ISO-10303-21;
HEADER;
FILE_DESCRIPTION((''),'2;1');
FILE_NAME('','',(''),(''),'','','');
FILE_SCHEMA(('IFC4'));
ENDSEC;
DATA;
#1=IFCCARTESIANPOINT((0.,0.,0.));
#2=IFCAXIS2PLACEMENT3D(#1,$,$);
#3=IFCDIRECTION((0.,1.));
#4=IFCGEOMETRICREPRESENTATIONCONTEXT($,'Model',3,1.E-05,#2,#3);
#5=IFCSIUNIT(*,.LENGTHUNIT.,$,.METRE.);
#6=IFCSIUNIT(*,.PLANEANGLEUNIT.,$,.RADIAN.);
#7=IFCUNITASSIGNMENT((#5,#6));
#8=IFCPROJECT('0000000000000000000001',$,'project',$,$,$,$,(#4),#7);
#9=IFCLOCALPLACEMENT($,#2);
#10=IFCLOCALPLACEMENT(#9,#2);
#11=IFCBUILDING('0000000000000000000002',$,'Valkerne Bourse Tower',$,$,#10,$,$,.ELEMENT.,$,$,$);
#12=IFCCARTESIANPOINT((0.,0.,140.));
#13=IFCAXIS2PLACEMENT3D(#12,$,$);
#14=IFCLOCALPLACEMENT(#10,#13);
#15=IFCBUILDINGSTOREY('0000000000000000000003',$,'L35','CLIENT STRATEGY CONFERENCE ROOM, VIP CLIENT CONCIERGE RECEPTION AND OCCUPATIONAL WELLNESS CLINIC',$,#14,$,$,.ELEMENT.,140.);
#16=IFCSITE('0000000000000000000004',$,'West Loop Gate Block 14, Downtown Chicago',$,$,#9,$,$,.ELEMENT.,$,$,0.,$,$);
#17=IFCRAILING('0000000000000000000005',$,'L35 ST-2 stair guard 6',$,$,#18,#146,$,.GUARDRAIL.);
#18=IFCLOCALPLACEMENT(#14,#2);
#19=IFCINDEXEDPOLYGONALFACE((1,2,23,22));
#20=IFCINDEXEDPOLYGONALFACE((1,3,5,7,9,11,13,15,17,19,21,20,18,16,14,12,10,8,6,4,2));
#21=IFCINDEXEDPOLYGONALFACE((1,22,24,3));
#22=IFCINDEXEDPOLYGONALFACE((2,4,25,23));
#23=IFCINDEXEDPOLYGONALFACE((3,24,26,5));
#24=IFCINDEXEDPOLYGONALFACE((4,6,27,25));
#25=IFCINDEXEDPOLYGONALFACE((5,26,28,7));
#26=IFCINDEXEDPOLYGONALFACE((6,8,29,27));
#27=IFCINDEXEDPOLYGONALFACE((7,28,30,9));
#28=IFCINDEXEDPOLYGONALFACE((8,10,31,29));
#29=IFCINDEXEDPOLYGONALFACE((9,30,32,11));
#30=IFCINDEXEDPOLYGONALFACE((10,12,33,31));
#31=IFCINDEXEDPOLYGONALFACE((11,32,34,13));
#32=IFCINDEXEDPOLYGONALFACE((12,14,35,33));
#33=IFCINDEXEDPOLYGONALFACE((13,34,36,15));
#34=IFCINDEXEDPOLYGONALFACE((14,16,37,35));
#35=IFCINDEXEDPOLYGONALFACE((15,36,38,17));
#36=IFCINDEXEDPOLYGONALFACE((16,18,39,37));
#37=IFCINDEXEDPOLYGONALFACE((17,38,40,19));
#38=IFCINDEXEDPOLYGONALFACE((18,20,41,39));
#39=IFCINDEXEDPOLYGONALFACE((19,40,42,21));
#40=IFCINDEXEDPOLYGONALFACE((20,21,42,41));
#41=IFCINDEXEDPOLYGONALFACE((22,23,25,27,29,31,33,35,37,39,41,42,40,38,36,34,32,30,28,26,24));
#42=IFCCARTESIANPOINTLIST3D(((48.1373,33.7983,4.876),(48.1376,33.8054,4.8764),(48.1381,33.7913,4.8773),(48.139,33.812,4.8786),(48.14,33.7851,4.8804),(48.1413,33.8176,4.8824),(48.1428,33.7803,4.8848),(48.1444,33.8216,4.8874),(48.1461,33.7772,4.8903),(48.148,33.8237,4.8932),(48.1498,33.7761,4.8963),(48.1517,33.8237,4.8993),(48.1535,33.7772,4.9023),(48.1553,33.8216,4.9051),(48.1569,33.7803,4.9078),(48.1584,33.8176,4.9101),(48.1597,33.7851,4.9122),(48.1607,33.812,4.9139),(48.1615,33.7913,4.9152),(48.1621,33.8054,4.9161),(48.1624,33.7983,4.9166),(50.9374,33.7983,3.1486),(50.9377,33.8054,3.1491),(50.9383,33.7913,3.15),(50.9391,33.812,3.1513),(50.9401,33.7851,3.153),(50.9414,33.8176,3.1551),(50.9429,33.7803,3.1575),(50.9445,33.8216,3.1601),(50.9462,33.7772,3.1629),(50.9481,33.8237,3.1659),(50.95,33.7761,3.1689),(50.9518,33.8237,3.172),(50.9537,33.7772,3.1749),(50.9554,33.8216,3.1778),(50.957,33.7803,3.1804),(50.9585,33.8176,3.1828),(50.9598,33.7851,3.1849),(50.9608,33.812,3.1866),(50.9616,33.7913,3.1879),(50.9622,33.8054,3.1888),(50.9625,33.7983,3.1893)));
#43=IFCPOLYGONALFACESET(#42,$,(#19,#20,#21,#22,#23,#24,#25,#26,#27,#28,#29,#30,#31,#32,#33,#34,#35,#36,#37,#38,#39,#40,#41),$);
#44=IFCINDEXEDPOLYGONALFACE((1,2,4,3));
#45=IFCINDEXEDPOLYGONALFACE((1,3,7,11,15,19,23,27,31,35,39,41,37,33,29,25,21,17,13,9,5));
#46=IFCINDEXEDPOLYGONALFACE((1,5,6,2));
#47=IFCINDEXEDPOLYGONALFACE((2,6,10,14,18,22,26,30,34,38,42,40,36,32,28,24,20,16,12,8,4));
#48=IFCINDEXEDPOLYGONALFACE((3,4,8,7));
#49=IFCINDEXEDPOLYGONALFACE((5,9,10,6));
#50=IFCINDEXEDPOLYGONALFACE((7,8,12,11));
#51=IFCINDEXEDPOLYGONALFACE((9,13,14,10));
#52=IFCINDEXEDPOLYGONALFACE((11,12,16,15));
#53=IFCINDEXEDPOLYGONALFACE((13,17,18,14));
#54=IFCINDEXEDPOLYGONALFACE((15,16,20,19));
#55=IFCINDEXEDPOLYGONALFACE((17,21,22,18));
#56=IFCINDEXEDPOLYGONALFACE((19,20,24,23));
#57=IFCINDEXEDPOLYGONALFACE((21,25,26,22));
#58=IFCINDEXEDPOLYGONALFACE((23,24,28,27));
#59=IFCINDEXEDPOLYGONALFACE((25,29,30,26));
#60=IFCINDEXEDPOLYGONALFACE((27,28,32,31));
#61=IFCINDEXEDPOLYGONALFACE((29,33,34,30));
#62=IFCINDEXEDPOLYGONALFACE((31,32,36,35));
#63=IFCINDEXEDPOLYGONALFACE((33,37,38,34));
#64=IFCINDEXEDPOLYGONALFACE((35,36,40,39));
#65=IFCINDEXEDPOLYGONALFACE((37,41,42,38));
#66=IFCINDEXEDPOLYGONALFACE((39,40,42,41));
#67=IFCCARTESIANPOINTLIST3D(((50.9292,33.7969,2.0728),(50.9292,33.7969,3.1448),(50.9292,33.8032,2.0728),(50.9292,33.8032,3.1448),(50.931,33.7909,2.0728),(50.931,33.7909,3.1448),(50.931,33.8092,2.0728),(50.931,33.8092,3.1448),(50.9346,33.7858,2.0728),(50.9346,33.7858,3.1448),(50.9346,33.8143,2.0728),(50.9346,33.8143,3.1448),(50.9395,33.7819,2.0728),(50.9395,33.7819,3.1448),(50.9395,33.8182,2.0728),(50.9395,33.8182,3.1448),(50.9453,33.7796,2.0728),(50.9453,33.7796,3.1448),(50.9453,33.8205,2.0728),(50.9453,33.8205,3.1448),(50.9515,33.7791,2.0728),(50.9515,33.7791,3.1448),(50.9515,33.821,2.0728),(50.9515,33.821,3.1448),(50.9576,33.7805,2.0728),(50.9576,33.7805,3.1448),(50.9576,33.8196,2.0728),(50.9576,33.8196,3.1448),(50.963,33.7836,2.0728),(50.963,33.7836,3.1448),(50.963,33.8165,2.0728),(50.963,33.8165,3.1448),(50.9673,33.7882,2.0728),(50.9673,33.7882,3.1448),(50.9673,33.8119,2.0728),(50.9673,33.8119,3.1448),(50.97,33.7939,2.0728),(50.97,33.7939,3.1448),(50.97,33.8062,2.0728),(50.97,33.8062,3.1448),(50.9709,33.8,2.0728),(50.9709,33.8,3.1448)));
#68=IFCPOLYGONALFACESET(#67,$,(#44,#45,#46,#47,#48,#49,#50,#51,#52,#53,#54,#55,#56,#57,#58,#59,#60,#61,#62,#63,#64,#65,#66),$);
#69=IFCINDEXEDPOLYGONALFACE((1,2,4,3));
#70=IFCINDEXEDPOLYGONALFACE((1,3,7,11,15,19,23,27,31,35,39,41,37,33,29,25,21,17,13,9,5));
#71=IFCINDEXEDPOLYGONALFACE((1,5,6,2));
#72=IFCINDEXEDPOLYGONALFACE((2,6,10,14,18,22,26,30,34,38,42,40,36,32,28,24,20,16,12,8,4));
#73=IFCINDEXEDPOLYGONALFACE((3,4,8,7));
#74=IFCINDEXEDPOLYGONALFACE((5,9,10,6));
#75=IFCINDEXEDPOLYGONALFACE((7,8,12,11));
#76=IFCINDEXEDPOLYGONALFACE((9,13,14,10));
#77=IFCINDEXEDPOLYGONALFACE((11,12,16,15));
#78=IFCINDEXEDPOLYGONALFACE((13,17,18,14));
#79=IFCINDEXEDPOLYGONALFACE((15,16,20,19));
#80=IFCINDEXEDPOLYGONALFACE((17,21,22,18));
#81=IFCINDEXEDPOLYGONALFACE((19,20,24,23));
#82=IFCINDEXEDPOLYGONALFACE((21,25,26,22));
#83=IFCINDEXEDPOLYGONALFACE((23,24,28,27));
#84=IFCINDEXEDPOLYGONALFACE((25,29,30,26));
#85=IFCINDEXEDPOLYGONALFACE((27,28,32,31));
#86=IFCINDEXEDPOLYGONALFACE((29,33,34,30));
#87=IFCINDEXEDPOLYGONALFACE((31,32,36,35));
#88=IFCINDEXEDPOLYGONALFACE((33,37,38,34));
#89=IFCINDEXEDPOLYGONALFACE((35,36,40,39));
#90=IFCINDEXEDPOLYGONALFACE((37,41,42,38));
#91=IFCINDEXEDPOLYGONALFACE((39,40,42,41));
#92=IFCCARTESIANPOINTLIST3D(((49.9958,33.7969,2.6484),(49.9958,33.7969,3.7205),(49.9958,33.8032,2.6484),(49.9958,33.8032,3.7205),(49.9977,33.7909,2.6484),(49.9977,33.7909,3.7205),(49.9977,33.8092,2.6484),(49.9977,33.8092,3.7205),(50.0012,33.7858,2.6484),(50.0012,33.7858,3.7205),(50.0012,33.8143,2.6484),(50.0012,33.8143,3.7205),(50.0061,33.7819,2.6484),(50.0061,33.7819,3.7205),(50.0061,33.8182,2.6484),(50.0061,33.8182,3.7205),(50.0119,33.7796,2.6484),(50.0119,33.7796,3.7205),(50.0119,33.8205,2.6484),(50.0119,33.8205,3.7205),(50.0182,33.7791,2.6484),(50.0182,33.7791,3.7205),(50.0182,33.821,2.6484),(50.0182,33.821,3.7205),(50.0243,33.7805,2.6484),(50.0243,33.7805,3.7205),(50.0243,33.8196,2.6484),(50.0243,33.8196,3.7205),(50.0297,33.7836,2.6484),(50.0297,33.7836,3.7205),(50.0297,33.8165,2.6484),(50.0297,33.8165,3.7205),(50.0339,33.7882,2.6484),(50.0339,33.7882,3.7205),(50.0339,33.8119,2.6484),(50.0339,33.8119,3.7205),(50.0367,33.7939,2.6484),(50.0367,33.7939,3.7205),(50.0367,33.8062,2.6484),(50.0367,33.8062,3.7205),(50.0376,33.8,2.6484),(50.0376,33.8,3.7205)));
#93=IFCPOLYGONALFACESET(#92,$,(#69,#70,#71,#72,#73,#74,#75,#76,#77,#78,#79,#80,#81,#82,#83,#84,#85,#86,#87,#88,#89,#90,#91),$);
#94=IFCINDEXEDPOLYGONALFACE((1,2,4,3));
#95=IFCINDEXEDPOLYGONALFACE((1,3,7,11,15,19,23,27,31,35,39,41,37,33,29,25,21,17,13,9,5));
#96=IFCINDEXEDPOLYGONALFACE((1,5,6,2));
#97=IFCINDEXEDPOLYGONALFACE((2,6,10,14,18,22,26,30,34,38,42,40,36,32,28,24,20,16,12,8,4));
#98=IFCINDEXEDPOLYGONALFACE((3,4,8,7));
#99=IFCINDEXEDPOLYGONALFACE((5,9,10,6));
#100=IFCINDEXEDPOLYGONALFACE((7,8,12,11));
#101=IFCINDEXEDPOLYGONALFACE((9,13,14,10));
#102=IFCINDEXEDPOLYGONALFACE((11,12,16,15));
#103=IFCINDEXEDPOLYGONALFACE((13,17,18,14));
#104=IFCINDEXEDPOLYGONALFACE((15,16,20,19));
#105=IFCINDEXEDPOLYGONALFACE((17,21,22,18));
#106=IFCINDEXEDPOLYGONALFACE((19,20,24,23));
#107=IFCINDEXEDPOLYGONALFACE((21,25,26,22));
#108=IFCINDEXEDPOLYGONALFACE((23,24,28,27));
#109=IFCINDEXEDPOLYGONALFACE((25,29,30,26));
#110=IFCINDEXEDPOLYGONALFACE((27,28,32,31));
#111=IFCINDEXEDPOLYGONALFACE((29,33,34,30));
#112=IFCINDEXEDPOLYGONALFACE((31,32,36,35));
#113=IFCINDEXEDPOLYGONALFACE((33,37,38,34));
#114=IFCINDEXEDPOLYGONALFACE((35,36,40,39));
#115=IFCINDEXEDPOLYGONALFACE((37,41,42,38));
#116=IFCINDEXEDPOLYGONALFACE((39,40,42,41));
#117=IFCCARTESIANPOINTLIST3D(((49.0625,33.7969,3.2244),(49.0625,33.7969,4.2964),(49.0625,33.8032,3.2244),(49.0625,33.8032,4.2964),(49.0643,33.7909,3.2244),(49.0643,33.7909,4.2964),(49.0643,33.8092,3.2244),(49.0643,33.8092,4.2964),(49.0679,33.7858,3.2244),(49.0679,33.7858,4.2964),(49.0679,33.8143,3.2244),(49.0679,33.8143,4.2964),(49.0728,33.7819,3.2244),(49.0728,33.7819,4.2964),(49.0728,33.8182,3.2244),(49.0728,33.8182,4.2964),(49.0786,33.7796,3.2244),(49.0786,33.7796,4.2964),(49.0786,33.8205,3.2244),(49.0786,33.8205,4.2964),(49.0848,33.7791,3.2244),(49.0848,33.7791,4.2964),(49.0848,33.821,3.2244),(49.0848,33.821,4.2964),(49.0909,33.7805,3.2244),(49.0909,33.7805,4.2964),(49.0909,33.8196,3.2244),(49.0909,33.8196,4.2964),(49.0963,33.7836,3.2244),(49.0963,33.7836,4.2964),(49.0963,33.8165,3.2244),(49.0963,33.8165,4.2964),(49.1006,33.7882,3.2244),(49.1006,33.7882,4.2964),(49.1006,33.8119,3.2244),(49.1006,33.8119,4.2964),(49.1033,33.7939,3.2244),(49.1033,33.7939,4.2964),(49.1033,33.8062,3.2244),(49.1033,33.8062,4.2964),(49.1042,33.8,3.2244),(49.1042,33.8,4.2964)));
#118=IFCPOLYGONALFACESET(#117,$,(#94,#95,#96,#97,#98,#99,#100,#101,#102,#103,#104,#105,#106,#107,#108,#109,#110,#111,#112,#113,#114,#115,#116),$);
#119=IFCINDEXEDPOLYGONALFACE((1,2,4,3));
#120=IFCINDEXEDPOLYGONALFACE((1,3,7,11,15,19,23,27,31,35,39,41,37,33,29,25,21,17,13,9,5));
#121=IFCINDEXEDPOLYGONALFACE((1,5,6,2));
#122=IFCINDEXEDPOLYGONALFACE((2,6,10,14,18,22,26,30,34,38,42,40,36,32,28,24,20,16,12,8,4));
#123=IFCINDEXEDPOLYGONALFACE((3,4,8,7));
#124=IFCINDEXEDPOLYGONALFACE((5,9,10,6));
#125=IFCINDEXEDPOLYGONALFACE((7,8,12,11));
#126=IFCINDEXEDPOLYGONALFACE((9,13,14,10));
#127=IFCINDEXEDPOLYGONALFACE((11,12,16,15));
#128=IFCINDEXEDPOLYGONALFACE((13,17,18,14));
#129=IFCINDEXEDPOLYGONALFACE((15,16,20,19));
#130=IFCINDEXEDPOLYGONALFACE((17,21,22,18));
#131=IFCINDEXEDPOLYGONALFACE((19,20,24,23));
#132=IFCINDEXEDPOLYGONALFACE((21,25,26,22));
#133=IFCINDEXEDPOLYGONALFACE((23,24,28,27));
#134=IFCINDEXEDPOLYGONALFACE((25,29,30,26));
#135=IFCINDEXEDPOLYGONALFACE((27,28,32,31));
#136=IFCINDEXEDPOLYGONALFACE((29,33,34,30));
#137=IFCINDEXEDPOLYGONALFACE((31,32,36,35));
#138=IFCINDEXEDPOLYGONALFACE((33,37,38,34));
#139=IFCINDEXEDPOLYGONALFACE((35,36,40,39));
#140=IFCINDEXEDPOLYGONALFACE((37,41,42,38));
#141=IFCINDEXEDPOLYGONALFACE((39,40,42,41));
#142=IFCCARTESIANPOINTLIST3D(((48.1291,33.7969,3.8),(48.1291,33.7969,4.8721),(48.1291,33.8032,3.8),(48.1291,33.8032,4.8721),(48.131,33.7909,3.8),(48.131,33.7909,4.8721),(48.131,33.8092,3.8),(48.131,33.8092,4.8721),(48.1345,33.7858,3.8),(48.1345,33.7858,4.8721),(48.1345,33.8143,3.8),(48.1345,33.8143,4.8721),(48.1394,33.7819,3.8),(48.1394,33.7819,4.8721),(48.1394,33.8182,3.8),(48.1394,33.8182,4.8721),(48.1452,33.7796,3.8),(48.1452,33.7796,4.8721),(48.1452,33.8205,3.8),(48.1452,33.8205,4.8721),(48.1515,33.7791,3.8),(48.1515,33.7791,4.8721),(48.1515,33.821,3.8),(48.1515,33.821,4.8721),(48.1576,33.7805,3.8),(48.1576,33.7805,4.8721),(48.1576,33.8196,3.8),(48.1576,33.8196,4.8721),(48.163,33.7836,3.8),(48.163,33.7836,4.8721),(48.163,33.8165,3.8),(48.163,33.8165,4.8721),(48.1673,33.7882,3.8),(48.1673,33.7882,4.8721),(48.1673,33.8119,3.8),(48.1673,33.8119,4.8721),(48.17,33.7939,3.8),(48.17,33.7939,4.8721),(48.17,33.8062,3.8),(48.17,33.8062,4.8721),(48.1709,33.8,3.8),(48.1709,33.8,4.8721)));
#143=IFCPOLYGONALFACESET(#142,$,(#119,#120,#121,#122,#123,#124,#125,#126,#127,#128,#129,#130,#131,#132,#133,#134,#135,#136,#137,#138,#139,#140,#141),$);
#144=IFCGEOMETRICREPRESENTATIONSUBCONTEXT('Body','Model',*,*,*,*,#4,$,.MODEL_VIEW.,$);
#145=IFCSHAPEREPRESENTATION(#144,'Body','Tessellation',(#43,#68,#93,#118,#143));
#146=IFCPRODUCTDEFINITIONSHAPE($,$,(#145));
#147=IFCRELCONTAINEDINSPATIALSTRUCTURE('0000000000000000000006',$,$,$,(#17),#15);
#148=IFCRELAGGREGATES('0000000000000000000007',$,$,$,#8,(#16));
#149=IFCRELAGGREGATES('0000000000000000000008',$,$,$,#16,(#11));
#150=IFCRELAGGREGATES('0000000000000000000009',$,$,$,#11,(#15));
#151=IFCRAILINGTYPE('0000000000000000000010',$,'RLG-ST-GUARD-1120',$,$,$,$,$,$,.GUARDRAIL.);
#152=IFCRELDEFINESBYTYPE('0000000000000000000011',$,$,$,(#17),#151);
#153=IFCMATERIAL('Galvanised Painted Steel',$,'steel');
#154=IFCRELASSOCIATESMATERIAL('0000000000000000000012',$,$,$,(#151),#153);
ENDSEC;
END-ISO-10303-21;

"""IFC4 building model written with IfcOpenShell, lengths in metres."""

from ifc_helpers import new_model, si_unit, direction, frame, origin, origin_2d, place, context, subcontext, project, spatial, circle, extrude, material, type_object, element, save


model = new_model("IFC4")

# Units and contexts
model_context = context("Model", 3, precision=1e-05, world=origin(), true_north=direction((0.0, 1.0)))
body_context = subcontext(model_context, "Body", "Model", "MODEL_VIEW")
ifc_project = project(units=[si_unit("LENGTHUNIT", "METRE"), si_unit("PLANEANGLEUNIT", "RADIAN")], contexts=[model_context])

# Site, building, storey
site_placement = place(None, origin())
site = spatial("IfcSite", under=ifc_project, at=site_placement, Name="West Loop Gate Block 14, Downtown Chicago", CompositionType="ELEMENT", RefElevation=0.0)
building_placement = place(site_placement, origin())
building = spatial("IfcBuilding", under=site, at=building_placement, Name="Valkerne Bourse Tower", CompositionType="ELEMENT")
storey_placement = place(building_placement, frame((0.0, 0.0, 140.0)))
storey = spatial("IfcBuildingStorey", under=building, at=storey_placement, Name="L35", Description="CLIENT STRATEGY CONFERENCE ROOM, VIP CLIENT CONCIERGE RECEPTION AND OCCUPATIONAL WELLNESS CLINIC", CompositionType="ELEMENT", Elevation=140.0)

# Shared definitions
ifc_material_1 = material(Name="Galvanised Painted Steel", Category="steel")

# Railing
railing_type_1 = type_object("IfcRailingType", Name="RLG-ST-GUARD-1120", PredefinedType="GUARDRAIL", material=ifc_material_1)
railing_1_placement = place(storey_placement, frame((50.95, 33.8, 2.0728)))
element("IfcRailing", 1, at=railing_1_placement, inside=storey, type_object=railing_type_1, Name="L35 ST-2 stair guard 6", PredefinedType="GUARDRAIL", context=body_context, shape_type="SweptSolid", body=[
    extrude(circle(Radius=0.0239, at=origin_2d()), frame((0.0, 0.0, 1.0962), z_axis=(-0.85109, 0.0, 0.52502), x_axis=(0.0, -1.0, 0.0)), (0.0, 0.0, 1.0), 3.29),
    extrude(circle(Radius=0.021, at=origin_2d()), origin(), (0.0, 0.0, 1.0), 1.072),
    extrude(circle(Radius=0.021, at=origin_2d()), frame((-0.9333, 0.0, 0.5757)), (0.0, 0.0, 1.0), 1.072),
    extrude(circle(Radius=0.021, at=origin_2d()), frame((-1.8667, 0.0, 1.1516)), (0.0, 0.0, 1.0), 1.072),
    extrude(circle(Radius=0.021, at=origin_2d()), frame((-2.8, 0.0, 1.7273)), (0.0, 0.0, 1.0), 1.072),
])

save(model, "model.ifc")
